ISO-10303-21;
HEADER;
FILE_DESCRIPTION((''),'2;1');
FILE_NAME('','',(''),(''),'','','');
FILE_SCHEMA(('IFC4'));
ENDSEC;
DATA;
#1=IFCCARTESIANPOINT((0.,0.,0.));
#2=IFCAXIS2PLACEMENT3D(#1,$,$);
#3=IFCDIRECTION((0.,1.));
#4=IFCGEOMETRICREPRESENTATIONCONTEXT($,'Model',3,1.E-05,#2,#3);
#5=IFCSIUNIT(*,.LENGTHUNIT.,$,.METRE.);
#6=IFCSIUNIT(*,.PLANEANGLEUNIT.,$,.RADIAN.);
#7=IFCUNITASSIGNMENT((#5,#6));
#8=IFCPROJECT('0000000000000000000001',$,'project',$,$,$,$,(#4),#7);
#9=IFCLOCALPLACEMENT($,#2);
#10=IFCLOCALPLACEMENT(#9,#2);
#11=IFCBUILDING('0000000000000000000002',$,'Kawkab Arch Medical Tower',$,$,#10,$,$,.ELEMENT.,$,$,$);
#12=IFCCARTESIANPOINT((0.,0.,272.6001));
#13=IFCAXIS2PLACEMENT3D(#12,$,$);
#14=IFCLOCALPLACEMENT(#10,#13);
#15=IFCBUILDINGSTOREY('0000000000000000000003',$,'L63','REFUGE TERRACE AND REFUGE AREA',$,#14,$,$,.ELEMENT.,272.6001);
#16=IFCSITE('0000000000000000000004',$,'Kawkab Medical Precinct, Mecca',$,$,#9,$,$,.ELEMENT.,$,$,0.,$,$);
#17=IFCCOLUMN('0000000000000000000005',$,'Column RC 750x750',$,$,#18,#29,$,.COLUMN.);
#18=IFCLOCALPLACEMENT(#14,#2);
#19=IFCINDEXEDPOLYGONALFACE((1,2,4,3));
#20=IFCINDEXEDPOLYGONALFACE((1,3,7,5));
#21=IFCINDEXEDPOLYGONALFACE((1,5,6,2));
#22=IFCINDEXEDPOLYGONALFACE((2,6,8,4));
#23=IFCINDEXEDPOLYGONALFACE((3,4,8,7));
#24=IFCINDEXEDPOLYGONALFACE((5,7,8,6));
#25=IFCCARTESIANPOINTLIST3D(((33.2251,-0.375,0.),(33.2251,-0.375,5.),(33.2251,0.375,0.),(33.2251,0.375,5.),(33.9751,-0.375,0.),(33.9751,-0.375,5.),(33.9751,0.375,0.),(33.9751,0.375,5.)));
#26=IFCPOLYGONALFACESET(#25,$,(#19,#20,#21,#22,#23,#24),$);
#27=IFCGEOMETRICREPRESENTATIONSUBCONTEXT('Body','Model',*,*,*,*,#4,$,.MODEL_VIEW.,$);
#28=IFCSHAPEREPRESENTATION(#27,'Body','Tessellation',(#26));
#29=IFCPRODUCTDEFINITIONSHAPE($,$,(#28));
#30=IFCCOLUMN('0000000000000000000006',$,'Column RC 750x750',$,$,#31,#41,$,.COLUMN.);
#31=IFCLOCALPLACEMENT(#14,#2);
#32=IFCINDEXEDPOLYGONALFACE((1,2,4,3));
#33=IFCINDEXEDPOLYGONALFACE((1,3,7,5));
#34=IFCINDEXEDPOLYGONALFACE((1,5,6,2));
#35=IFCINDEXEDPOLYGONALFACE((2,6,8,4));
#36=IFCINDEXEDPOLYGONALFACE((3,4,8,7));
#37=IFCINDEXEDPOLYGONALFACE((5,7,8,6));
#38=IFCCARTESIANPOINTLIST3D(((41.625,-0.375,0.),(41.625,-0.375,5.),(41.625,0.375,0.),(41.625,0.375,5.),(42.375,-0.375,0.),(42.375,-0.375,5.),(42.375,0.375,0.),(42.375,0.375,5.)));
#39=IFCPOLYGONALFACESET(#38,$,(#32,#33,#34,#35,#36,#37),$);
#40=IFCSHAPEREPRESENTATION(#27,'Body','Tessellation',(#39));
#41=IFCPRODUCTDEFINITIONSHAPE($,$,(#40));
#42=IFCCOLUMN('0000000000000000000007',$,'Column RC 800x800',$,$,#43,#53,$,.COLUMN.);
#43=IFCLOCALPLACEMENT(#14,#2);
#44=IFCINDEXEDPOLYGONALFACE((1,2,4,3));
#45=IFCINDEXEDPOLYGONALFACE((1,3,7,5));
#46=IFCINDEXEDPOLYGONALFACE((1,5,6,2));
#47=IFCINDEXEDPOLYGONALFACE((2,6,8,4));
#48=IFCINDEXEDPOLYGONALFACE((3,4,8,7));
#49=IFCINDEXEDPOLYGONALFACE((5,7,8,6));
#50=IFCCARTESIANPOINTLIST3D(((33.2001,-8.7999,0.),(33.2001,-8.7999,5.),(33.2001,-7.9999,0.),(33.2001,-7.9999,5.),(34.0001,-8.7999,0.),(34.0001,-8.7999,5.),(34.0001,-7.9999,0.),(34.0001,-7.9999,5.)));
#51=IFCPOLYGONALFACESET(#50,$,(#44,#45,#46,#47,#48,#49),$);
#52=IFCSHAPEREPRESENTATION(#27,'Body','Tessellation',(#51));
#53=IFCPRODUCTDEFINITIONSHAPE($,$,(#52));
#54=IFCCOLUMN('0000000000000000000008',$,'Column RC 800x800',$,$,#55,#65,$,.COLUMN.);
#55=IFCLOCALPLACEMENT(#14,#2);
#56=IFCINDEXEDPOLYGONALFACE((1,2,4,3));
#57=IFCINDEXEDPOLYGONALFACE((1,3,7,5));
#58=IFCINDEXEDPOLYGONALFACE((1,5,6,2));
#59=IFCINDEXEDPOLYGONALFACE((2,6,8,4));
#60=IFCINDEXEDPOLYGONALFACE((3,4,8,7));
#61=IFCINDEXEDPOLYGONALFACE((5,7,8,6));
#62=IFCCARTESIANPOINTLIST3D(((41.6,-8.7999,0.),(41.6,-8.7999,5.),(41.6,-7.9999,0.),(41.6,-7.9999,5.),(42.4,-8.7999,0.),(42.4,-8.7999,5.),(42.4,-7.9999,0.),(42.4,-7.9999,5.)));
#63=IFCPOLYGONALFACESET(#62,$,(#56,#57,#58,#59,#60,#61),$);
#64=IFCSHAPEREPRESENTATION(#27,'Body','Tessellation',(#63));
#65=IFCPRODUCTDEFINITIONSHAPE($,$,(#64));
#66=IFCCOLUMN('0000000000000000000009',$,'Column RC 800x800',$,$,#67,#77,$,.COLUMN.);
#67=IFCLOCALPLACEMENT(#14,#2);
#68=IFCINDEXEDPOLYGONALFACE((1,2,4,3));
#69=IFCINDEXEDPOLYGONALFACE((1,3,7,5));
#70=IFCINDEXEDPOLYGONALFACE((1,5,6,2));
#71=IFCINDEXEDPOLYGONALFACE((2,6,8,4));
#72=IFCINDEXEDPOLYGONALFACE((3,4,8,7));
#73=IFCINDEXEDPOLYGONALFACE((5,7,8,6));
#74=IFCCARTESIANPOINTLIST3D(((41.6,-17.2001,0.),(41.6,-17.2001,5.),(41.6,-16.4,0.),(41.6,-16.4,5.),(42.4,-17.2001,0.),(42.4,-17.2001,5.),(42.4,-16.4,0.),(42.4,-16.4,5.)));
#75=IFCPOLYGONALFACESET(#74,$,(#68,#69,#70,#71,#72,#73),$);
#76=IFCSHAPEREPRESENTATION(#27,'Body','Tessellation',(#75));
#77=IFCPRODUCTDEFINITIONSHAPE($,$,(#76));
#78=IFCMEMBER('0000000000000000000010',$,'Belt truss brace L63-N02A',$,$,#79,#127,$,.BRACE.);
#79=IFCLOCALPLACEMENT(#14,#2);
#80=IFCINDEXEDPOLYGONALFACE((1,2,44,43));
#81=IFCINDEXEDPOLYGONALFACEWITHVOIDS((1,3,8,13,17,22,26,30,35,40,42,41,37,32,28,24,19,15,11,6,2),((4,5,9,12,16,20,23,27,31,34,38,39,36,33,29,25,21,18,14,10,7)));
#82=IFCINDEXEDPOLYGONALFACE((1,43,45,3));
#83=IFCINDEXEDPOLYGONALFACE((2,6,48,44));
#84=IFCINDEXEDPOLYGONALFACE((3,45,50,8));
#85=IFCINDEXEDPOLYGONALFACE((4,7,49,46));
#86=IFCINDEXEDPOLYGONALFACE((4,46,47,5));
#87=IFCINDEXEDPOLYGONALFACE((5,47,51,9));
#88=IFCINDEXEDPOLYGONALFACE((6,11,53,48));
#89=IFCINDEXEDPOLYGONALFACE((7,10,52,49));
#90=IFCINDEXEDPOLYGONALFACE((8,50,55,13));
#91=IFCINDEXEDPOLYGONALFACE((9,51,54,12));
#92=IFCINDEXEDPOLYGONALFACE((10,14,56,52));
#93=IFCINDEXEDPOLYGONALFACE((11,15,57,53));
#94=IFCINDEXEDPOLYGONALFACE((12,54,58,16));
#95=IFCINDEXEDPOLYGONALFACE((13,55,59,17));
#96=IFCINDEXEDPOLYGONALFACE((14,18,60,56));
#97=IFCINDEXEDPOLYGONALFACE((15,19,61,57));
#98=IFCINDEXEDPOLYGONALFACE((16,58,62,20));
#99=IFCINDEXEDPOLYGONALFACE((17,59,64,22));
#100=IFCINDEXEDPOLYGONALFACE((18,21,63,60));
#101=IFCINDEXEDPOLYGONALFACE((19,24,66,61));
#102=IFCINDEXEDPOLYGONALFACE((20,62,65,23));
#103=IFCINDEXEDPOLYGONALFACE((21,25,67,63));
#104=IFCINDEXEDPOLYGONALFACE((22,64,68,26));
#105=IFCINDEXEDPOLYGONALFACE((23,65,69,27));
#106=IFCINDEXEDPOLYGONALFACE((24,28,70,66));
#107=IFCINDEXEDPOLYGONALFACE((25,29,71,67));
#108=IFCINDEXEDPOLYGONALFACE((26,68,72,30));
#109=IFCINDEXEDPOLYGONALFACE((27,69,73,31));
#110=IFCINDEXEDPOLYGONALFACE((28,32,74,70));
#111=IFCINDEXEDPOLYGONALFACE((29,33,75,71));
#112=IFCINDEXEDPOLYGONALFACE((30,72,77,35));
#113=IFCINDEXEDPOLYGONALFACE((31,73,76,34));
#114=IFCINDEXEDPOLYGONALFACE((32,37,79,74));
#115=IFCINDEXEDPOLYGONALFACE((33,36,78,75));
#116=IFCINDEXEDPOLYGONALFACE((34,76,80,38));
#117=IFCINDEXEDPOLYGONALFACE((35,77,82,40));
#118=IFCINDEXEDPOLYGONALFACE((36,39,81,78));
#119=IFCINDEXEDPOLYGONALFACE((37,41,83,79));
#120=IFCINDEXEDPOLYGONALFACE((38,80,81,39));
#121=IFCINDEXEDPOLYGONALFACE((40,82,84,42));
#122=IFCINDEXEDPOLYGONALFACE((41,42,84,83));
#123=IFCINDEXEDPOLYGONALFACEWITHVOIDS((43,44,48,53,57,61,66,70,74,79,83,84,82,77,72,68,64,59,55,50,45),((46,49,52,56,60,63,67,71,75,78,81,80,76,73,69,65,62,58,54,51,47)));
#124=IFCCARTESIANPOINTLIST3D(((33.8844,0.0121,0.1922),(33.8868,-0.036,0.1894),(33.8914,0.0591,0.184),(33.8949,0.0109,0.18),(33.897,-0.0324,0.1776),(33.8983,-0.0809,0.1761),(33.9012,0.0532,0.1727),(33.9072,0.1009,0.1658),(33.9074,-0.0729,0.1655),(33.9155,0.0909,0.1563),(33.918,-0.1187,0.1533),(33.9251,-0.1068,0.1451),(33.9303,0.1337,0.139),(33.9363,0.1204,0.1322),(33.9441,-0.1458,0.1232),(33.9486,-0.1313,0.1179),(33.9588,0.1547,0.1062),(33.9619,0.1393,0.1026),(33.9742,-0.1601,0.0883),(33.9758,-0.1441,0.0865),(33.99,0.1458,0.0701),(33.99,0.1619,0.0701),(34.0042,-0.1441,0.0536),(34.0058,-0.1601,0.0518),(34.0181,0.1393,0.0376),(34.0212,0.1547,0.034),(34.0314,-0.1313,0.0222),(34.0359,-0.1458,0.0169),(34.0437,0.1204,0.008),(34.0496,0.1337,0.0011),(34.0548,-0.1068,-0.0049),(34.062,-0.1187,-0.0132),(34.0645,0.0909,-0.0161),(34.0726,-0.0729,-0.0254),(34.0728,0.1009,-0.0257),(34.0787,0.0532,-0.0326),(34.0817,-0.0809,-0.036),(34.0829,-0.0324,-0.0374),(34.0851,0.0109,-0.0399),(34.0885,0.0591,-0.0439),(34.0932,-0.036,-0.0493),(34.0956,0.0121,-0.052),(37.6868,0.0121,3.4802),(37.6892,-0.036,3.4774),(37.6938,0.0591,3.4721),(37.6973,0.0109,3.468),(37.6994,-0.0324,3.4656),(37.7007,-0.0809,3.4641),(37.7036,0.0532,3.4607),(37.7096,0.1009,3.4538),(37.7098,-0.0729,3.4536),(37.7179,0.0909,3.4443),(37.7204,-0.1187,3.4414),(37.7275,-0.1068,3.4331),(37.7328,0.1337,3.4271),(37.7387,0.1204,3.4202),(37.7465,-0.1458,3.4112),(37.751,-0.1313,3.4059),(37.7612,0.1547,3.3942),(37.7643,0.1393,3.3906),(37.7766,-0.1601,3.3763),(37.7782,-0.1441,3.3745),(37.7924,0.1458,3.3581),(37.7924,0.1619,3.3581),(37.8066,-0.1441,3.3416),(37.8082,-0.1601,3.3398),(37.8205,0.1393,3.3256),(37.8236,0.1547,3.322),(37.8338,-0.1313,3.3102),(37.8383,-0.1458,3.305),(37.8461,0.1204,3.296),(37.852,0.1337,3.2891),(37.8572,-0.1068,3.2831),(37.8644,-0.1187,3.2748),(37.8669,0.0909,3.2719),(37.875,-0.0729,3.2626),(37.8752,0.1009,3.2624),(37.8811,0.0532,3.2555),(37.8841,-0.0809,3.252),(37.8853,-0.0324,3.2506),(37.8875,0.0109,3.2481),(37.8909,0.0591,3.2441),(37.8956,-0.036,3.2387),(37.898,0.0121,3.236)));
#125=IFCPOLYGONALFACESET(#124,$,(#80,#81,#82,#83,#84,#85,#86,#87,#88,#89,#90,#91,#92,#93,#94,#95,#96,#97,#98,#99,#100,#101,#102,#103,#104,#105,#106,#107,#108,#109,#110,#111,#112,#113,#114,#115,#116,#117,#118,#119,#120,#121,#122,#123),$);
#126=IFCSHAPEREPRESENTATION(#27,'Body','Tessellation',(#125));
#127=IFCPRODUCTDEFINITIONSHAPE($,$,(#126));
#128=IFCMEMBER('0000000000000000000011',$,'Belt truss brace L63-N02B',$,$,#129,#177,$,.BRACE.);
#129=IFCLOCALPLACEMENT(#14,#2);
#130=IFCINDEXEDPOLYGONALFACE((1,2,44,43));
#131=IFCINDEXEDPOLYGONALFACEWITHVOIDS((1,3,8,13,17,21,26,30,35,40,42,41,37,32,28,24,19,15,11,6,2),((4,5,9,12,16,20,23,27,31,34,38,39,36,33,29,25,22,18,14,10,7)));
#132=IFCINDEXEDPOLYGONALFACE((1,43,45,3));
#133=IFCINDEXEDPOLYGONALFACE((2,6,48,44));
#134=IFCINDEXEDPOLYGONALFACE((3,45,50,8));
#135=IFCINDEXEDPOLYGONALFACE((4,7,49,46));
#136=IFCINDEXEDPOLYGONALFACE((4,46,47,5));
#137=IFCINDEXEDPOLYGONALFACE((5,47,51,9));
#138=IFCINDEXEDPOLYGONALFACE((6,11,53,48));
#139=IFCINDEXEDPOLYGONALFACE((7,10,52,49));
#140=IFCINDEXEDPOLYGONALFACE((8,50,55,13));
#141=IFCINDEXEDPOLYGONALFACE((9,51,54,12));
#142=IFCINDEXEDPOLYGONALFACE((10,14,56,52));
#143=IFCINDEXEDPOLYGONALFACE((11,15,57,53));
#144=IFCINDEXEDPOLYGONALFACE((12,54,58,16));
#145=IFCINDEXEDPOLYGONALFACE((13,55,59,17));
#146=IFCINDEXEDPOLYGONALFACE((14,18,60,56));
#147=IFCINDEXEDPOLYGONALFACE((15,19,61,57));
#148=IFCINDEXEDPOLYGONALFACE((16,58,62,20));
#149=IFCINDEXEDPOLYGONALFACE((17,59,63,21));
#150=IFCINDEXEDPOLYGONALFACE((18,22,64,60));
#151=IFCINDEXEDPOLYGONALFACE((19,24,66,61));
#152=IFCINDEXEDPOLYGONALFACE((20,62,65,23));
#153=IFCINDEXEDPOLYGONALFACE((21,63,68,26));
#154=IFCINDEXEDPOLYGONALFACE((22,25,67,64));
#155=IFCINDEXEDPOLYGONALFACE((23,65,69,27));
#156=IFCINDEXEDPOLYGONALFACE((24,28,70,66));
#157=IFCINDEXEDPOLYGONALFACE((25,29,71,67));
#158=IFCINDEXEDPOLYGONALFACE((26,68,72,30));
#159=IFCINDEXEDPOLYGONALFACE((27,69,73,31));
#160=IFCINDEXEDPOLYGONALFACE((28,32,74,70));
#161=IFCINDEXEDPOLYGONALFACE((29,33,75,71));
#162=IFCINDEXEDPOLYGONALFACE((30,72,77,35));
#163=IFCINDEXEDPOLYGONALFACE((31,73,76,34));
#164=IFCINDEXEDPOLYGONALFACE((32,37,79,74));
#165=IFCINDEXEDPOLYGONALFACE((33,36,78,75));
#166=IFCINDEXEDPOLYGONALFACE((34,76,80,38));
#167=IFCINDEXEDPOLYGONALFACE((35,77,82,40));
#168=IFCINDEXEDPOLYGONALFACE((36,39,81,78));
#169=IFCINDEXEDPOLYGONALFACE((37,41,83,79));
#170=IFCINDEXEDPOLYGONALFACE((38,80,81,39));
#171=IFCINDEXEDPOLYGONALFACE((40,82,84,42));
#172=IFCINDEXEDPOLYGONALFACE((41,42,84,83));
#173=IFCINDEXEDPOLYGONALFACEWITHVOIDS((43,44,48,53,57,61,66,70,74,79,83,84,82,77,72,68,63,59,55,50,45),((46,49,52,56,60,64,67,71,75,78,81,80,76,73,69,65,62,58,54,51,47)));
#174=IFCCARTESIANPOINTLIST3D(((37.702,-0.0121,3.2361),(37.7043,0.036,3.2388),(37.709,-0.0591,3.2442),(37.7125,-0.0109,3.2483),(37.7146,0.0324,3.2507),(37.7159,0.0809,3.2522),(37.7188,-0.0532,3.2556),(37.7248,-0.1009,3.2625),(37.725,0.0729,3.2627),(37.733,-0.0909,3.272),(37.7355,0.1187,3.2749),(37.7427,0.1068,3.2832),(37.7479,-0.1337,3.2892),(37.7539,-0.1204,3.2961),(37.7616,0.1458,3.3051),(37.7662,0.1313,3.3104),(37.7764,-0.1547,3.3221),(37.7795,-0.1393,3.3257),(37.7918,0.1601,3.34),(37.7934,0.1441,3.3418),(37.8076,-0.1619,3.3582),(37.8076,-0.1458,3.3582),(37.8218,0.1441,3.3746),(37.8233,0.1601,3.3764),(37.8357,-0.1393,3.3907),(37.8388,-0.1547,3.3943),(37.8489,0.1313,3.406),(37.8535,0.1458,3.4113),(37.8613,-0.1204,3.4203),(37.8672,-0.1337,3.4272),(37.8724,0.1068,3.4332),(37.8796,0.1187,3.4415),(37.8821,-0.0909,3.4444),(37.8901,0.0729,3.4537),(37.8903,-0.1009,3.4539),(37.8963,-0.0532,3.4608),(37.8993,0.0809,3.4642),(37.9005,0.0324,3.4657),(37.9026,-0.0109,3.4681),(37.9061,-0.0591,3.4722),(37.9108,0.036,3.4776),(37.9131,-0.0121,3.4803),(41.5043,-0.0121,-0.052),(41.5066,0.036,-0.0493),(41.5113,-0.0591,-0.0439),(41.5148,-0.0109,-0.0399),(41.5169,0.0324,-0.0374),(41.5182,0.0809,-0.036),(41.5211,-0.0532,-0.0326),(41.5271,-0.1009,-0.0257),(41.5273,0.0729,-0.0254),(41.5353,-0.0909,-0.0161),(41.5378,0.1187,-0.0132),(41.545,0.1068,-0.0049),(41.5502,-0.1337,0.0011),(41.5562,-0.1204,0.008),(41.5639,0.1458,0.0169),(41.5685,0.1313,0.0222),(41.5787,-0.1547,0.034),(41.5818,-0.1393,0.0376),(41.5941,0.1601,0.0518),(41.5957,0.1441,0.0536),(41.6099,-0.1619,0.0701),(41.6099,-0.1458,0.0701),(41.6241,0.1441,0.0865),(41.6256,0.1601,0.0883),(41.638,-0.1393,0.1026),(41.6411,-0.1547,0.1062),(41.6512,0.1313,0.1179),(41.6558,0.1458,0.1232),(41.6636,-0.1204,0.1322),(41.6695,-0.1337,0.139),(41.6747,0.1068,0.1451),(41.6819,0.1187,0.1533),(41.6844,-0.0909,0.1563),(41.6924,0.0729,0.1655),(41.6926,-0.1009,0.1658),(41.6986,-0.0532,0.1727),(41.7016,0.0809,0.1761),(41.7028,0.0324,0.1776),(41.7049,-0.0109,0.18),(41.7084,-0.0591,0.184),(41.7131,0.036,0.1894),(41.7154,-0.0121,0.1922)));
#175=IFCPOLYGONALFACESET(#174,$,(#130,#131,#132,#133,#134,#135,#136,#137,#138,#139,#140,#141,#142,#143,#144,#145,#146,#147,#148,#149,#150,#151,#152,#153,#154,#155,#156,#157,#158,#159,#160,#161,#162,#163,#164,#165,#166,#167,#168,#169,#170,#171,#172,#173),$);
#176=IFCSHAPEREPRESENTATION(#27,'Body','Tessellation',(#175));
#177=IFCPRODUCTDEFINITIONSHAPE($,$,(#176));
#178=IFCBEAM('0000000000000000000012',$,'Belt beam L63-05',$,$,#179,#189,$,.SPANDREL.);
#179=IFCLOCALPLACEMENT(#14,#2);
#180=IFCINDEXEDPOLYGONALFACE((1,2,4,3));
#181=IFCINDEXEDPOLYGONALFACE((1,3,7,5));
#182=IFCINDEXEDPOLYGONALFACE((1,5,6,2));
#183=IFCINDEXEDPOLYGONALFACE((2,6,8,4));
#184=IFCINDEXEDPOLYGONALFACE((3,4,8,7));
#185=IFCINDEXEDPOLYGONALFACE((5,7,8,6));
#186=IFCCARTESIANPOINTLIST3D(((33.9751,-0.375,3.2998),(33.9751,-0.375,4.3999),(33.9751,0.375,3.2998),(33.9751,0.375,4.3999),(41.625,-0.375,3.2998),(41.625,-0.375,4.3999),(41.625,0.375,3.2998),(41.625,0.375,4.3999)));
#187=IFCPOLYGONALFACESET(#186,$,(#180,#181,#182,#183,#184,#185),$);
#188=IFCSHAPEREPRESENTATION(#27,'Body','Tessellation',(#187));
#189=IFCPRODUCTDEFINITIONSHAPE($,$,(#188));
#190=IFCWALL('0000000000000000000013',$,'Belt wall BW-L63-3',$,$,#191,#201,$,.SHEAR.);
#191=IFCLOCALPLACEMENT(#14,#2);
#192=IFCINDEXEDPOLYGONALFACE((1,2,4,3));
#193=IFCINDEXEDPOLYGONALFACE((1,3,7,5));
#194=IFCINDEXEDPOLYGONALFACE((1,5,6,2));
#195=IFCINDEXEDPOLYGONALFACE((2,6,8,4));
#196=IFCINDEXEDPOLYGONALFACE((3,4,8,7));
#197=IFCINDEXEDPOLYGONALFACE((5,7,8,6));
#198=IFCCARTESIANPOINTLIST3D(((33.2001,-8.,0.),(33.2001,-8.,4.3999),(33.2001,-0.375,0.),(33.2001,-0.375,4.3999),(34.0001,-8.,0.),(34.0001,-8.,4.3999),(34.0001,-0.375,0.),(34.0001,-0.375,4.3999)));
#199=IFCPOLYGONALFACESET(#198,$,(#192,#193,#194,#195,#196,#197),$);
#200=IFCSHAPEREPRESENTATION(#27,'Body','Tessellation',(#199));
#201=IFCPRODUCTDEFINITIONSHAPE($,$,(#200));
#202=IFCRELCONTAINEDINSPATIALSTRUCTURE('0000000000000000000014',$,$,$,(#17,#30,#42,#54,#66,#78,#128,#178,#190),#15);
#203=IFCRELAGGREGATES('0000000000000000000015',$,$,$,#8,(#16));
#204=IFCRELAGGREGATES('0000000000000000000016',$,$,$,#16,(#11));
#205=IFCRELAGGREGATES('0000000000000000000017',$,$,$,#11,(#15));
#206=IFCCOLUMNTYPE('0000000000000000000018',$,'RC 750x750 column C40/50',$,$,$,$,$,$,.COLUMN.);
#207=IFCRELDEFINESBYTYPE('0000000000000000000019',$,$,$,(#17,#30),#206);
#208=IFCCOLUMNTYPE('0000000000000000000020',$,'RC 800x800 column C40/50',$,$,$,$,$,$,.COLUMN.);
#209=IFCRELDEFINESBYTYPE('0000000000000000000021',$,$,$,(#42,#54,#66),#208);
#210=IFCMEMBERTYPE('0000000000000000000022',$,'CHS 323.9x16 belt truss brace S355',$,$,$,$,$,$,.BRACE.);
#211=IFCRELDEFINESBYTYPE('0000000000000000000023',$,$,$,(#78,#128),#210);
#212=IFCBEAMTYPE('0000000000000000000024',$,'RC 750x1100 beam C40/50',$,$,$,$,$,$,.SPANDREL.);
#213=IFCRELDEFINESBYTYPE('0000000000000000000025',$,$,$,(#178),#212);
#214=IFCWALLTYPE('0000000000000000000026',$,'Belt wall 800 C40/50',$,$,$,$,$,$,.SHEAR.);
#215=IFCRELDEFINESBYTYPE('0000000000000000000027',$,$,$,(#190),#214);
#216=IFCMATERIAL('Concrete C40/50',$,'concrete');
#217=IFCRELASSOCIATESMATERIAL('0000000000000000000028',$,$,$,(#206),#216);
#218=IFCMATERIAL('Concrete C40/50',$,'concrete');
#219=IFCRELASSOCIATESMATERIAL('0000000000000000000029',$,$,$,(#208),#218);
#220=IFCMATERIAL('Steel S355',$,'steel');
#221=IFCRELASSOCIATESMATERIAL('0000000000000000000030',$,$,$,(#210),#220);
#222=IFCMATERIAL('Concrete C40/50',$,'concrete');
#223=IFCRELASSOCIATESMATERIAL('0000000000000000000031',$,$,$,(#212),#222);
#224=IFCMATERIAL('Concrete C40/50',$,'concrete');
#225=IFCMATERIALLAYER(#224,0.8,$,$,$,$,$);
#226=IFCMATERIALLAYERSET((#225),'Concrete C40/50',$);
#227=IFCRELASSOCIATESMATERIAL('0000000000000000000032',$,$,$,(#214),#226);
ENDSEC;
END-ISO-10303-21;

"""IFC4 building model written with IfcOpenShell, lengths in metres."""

from ifc_helpers import new_model, si_unit, direction, frame, frame_2d, origin, origin_2d, place, context, subcontext, project, spatial, rectangle, hollow_circle, extrude, material, layer, layer_set, material_profile, profile_set, type_object, element, save


model = new_model("IFC4")

# Units and contexts
model_context = context("Model", 3, precision=1e-05, world=origin(), true_north=direction((0.0, 1.0)))
body_context = subcontext(model_context, "Body", "Model", "MODEL_VIEW")
ifc_project = project(units=[si_unit("LENGTHUNIT", "METRE"), si_unit("PLANEANGLEUNIT", "RADIAN")], contexts=[model_context])

# Site, building, storey
site_placement = place(None, origin())
site = spatial("IfcSite", under=ifc_project, at=site_placement, Name="Kawkab Medical Precinct, Mecca", CompositionType="ELEMENT", RefElevation=0.0)
building_placement = place(site_placement, origin())
building = spatial("IfcBuilding", under=site, at=building_placement, Name="Kawkab Arch Medical Tower", CompositionType="ELEMENT")
storey_placement = place(building_placement, frame((0.0, 0.0, 272.6001)))
storey = spatial("IfcBuildingStorey", under=building, at=storey_placement, Name="L63", Description="REFUGE TERRACE AND REFUGE AREA", CompositionType="ELEMENT", Elevation=272.6001)

# Columns
ifc_material_1 = material(Name="Concrete C40/50", Category="concrete")
ifc_material_profile_1 = material_profile(ifc_material_1, rectangle(XDim=0.75, YDim=0.75, at=origin_2d()), Name="RC 750x750")
ifc_profile_set_1 = profile_set([ifc_material_profile_1], Name="Concrete C40/50")
column_type_1 = type_object("IfcColumnType", Name="RC 750x750 column C40/50", PredefinedType="COLUMN", material=ifc_profile_set_1)
for number, where, z_axis, x_axis, name in (
    (1, (33.6001, 0.0, 0.0), (0.0, 0.0, 1.0), (1.0, 0.0, 0.0), "Column RC 750x750"),
    (2, (42.0, 0.0, 0.0), (0.0, 0.0, 1.0), (1.0, 0.0, 0.0), "Column RC 750x750"),
):
    element("IfcColumn", number, at=place(storey_placement, frame(where, z_axis=z_axis, x_axis=x_axis)), inside=storey, type_object=column_type_1, Name=name, PredefinedType="COLUMN", context=body_context, shape_type="SweptSolid", body=[
        extrude(rectangle(XDim=0.75, YDim=0.75, at=origin_2d()), origin(), (0.0, 0.0, 1.0), 5.0),
    ])
ifc_material_2 = material(Name="Concrete C40/50", Category="concrete")
ifc_material_profile_2 = material_profile(ifc_material_2, rectangle(XDim=0.8, YDim=0.8, at=origin_2d()), Name="RC 800x800")
ifc_profile_set_2 = profile_set([ifc_material_profile_2], Name="Concrete C40/50")
column_type_2 = type_object("IfcColumnType", Name="RC 800x800 column C40/50", PredefinedType="COLUMN", material=ifc_profile_set_2)
for number, where, z_axis, x_axis, name in (
    (3, (33.6001, -8.3999, 0.0), (0.0, 0.0, 1.0), (1.0, 0.0, 0.0), "Column RC 800x800"),
    (4, (42.0, -8.3999, 0.0), (0.0, 0.0, 1.0), (1.0, 0.0, 0.0), "Column RC 800x800"),
    (5, (42.0, -16.8, 0.0), (0.0, 0.0, 1.0), (1.0, 0.0, 0.0), "Column RC 800x800"),
):
    element("IfcColumn", number, at=place(storey_placement, frame(where, z_axis=z_axis, x_axis=x_axis)), inside=storey, type_object=column_type_2, Name=name, PredefinedType="COLUMN", context=body_context, shape_type="SweptSolid", body=[
        extrude(rectangle(XDim=0.8, YDim=0.8, at=origin_2d()), origin(), (0.0, 0.0, 1.0), 5.0),
    ])

# Members
ifc_material_3 = material(Name="Steel S355", Category="steel")
ifc_material_profile_3 = material_profile(ifc_material_3, hollow_circle(Radius=0.1619, WallThickness=0.0161, at=origin_2d()), Name="CHS 323.9x16")
ifc_profile_set_3 = profile_set([ifc_material_profile_3], Name="Steel S355")
member_type = type_object("IfcMemberType", Name="CHS 323.9x16 belt truss brace S355", PredefinedType="BRACE", material=ifc_profile_set_3)
for number, where, z_axis, x_axis, name in (
    (6, (33.99, 0.0, 0.0701), (0.756418, 0.0, 0.654089), (0.0, 1.0, 0.0), "Belt truss brace L63-N02A"),
    (7, (41.6099, 0.0, 0.0701), (-0.756397, 0.0, 0.654113), (0.0, -1.0, 0.0), "Belt truss brace L63-N02B"),
):
    element("IfcMember", number, at=place(storey_placement, frame(where, z_axis=z_axis, x_axis=x_axis)), inside=storey, type_object=member_type, Name=name, PredefinedType="BRACE", context=body_context, shape_type="SweptSolid", body=[
        extrude(hollow_circle(Radius=0.1619, WallThickness=0.0161, at=origin_2d()), origin(), (0.0, 0.0, 1.0), 5.0269),
    ])

# Beam
ifc_material_4 = material(Name="Concrete C40/50", Category="concrete")
ifc_material_profile_4 = material_profile(ifc_material_4, rectangle(XDim=0.75, YDim=1.1001, at=origin_2d()), Name="RC 750x1100")
ifc_profile_set_4 = profile_set([ifc_material_profile_4], Name="Concrete C40/50")
beam_type = type_object("IfcBeamType", Name="RC 750x1100 beam C40/50", PredefinedType="SPANDREL", material=ifc_profile_set_4)
beam_placement = place(storey_placement, frame((33.9751, 0.0, 3.8499), z_axis=(1.0, 0.0, 0.0), x_axis=(0.0, 1.0, 0.0)))
element("IfcBeam", 8, at=beam_placement, inside=storey, type_object=beam_type, Name="Belt beam L63-05", PredefinedType="SPANDREL", context=body_context, shape_type="SweptSolid", body=[
    extrude(rectangle(XDim=0.75, YDim=1.1001, at=origin_2d()), origin(), (0.0, 0.0, 1.0), 7.6499),
])

# Wall
ifc_material_5 = material(Name="Concrete C40/50", Category="concrete")
ifc_layer_1 = layer(ifc_material_5, 0.8)
ifc_layer_set_1 = layer_set([ifc_layer_1], Name="Concrete C40/50")
wall_type_1 = type_object("IfcWallType", Name="Belt wall 800 C40/50", PredefinedType="SHEAR", material=ifc_layer_set_1)
wall_1_placement = place(storey_placement, frame((33.6001, -0.375, 0.0), z_axis=(0.0, 0.0, 1.0), x_axis=(0.0, -1.0, 0.0)))
element("IfcWall", 9, at=wall_1_placement, inside=storey, type_object=wall_type_1, Name="Belt wall BW-L63-3", PredefinedType="SHEAR", context=body_context, shape_type="SweptSolid", body=[
    extrude(rectangle(XDim=7.625, YDim=0.8, at=frame_2d((3.8125, 0.0))), origin(), (0.0, 0.0, 1.0), 4.3999),
])

save(model, "model.ifc")
